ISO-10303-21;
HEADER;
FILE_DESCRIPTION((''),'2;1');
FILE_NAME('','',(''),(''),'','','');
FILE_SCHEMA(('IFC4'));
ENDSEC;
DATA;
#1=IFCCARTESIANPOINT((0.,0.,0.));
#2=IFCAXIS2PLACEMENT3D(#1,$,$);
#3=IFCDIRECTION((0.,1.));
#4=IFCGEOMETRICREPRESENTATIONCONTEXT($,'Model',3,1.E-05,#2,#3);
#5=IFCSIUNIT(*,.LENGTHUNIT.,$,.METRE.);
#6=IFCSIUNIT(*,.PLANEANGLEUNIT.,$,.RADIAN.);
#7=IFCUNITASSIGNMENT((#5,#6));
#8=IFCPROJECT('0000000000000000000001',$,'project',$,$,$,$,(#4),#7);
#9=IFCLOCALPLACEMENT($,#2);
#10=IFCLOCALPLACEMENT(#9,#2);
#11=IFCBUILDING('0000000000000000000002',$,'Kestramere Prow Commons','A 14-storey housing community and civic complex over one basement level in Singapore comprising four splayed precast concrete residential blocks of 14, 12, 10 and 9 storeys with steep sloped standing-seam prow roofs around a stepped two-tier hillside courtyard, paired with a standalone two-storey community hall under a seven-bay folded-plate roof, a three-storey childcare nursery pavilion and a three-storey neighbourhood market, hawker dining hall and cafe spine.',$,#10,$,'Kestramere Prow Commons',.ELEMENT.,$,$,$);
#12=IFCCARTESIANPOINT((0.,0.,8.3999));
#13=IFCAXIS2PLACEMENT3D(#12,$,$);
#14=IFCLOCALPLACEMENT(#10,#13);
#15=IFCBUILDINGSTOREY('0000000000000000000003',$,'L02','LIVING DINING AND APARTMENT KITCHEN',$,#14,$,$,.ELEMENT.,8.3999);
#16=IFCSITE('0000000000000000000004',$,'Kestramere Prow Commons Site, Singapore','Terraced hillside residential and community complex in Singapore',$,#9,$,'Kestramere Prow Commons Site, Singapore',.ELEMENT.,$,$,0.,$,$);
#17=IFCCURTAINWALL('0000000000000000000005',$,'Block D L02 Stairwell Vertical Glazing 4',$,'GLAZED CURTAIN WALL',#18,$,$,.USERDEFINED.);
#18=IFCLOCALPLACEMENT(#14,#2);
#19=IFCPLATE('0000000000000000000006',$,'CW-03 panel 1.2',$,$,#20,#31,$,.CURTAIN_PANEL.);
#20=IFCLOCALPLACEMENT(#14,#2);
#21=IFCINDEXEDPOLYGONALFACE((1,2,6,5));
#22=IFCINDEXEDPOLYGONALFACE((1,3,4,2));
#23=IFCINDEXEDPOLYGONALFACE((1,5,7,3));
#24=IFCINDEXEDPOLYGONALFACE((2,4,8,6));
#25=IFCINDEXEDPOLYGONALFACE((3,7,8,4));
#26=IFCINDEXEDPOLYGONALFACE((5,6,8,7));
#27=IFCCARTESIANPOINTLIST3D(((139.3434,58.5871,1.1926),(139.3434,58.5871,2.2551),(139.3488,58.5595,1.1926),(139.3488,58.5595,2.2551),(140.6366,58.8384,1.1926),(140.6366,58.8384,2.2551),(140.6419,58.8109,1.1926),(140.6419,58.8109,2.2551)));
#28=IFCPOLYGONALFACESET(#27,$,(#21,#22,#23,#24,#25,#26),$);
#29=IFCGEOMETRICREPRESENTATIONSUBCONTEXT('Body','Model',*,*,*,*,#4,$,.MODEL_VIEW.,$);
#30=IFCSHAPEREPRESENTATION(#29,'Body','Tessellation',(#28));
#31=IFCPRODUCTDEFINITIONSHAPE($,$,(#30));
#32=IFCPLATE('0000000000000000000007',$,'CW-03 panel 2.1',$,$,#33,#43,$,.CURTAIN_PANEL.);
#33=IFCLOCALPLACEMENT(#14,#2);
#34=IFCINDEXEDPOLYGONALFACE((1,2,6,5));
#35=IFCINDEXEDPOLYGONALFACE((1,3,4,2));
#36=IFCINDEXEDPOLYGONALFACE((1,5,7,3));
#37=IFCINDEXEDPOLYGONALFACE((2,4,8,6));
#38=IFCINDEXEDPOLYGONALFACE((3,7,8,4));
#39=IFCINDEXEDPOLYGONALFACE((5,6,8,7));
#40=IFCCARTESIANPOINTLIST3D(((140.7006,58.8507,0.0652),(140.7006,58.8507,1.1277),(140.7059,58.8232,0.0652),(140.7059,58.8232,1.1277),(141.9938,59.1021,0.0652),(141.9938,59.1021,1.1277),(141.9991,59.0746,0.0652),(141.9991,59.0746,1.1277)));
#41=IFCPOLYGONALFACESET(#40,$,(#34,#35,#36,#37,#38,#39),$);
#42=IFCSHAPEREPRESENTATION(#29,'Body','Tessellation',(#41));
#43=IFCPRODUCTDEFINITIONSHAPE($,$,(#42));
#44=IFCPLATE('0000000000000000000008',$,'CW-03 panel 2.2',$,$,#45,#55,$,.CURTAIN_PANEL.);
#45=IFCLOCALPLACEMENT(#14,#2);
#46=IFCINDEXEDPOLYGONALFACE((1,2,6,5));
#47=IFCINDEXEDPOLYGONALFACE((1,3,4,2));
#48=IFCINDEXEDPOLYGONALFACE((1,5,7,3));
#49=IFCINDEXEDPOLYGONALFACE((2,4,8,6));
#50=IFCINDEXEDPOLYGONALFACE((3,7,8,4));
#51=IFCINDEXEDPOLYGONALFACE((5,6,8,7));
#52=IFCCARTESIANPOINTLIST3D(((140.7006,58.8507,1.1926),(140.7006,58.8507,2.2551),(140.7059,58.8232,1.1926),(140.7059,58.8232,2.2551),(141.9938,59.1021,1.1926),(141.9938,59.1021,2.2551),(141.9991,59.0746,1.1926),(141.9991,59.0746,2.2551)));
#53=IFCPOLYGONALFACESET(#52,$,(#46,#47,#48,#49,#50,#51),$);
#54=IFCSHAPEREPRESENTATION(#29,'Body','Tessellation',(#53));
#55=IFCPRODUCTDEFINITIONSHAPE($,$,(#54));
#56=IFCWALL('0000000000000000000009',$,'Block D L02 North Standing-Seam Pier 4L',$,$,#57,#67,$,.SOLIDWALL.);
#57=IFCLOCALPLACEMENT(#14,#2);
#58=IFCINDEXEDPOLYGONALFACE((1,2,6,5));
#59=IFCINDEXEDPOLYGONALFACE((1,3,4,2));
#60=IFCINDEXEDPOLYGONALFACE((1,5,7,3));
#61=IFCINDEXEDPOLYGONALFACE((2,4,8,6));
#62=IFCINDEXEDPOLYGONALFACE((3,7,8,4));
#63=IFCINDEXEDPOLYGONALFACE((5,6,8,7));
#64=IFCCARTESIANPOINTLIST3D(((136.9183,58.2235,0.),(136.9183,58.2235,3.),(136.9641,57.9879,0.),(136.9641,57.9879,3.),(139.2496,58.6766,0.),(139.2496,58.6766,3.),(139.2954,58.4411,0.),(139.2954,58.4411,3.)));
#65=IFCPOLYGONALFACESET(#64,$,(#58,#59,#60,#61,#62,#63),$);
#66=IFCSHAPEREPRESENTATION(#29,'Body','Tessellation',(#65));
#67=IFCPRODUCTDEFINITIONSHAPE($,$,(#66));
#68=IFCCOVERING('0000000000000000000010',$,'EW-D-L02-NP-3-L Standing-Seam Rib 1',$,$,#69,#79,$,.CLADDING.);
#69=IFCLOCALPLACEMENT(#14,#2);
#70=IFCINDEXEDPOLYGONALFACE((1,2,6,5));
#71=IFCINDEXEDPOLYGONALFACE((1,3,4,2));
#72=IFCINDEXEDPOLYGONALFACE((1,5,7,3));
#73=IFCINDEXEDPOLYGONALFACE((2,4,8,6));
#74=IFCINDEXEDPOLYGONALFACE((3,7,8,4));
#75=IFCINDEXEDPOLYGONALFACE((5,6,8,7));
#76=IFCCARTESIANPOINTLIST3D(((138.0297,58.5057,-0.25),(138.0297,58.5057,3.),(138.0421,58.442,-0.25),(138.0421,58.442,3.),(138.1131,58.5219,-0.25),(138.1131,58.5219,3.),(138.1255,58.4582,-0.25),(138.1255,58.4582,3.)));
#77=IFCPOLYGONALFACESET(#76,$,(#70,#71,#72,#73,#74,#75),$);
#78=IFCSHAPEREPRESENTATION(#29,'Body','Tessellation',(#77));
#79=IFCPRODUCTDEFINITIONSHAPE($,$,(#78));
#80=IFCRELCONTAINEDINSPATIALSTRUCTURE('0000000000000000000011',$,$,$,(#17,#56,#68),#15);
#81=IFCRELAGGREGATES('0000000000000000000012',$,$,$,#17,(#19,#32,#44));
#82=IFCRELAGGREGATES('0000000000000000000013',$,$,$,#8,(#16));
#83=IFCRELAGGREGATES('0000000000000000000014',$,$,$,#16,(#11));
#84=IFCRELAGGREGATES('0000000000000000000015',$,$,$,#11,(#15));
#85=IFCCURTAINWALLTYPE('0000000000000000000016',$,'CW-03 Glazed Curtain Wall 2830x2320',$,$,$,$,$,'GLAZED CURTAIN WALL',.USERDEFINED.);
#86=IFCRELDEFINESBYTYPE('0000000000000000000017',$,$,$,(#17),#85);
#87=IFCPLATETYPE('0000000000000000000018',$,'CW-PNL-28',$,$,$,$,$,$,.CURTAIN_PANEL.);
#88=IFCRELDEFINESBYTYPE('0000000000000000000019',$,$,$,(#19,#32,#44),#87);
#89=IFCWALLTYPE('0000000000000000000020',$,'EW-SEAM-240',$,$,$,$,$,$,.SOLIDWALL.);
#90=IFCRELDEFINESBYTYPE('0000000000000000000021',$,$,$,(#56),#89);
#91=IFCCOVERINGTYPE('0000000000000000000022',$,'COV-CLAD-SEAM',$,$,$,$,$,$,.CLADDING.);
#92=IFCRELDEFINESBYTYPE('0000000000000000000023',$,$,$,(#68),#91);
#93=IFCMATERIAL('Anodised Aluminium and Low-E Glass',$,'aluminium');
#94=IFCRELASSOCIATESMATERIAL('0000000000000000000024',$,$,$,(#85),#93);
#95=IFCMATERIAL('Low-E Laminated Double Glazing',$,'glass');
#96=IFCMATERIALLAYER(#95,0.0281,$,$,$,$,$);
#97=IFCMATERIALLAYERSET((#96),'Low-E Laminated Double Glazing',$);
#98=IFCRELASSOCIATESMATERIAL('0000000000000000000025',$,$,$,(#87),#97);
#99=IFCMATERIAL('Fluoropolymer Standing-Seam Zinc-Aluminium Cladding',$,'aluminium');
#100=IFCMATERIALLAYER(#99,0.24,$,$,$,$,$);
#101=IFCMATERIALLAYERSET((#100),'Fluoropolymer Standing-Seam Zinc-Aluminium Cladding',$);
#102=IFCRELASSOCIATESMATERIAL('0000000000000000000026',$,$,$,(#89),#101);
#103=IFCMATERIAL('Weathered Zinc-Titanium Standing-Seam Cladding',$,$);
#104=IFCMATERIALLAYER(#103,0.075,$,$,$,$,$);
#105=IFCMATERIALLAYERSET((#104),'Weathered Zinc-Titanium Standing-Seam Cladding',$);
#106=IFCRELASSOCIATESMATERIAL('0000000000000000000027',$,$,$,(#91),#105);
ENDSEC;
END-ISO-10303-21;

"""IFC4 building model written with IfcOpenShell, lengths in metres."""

from ifc_helpers import new_model, si_unit, direction, frame, frame_2d, origin, origin_2d, place, context, subcontext, project, spatial, rectangle, extrude, material, layer, layer_set, type_object, element, aggregate, save


model = new_model("IFC4")

# Units and contexts
model_context = context("Model", 3, precision=1e-05, world=origin(), true_north=direction((0.0, 1.0)))
body_context = subcontext(model_context, "Body", "Model", "MODEL_VIEW")
ifc_project = project(units=[si_unit("LENGTHUNIT", "METRE"), si_unit("PLANEANGLEUNIT", "RADIAN")], contexts=[model_context])

# Site, building, storey
site_placement = place(None, origin())
site = spatial("IfcSite", under=ifc_project, at=site_placement, Name="Kestramere Prow Commons Site, Singapore", Description="Terraced hillside residential and community complex in Singapore", LongName="Kestramere Prow Commons Site, Singapore", CompositionType="ELEMENT", RefElevation=0.0)
building_placement = place(site_placement, origin())
building = spatial("IfcBuilding", under=site, at=building_placement, Name="Kestramere Prow Commons", Description="A 14-storey housing community and civic complex over one basement level in Singapore comprising four splayed precast concrete residential blocks of 14, 12, 10 and 9 storeys with steep sloped standing-seam prow roofs around a stepped two-tier hillside courtyard, paired with a standalone two-storey community hall under a seven-bay folded-plate roof, a three-storey childcare nursery pavilion and a three-storey neighbourhood market, hawker dining hall and cafe spine.", LongName="Kestramere Prow Commons", CompositionType="ELEMENT")
storey_placement = place(building_placement, frame((0.0, 0.0, 8.3999)))
storey = spatial("IfcBuildingStorey", under=building, at=storey_placement, Name="L02", Description="LIVING DINING AND APARTMENT KITCHEN", CompositionType="ELEMENT", Elevation=8.3999)

# Curtain wall
ifc_material_1 = material(Name="Anodised Aluminium and Low-E Glass", Category="aluminium")
curtain_wall_type = type_object("IfcCurtainWallType", Name="CW-03 Glazed Curtain Wall 2830x2320", ElementType="GLAZED CURTAIN WALL", PredefinedType="USERDEFINED", material=ifc_material_1)
curtain_wall_placement = place(storey_placement, origin())
curtain_wall = element("IfcCurtainWall", 1, at=curtain_wall_placement, inside=storey, type_object=curtain_wall_type, Name="Block D L02 Stairwell Vertical Glazing 4", ObjectType="GLAZED CURTAIN WALL", PredefinedType="USERDEFINED")

# Plates
ifc_material_2 = material(Name="Low-E Laminated Double Glazing", Category="glass")
ifc_layer_1 = layer(ifc_material_2, 0.0281)
ifc_layer_set_1 = layer_set([ifc_layer_1], Name="Low-E Laminated Double Glazing")
plate_type = type_object("IfcPlateType", Name="CW-PNL-28", PredefinedType="CURTAIN_PANEL", material=ifc_layer_set_1)
plate_1_placement = place(storey_placement, frame((139.9927, 58.699, 1.1926), z_axis=(0.0, 0.0, 1.0), x_axis=(0.981627, 0.190809, 0.0)))
plate_1 = element("IfcPlate", 2, at=plate_1_placement, type_object=plate_type, Name="CW-03 panel 1.2", PredefinedType="CURTAIN_PANEL", context=body_context, shape_type="SweptSolid", body=[
    extrude(rectangle(XDim=1.3174, YDim=0.0281, at=origin_2d()), origin(), (0.0, 0.0, 1.0), 1.0625),
])
plate_2_placement = place(storey_placement, frame((141.3499, 58.9626, 0.0652), z_axis=(0.0, 0.0, 1.0), x_axis=(0.981627, 0.190809, 0.0)))
plate_2 = element("IfcPlate", 3, at=plate_2_placement, type_object=plate_type, Name="CW-03 panel 2.1", PredefinedType="CURTAIN_PANEL", context=body_context, shape_type="SweptSolid", body=[
    extrude(rectangle(XDim=1.3174, YDim=0.0281, at=origin_2d()), origin(), (0.0, 0.0, 1.0), 1.0625),
])
plate_3_placement = place(storey_placement, frame((141.3499, 58.9626, 1.1926), z_axis=(0.0, 0.0, 1.0), x_axis=(0.981627, 0.190809, 0.0)))
plate_3 = element("IfcPlate", 4, at=plate_3_placement, type_object=plate_type, Name="CW-03 panel 2.2", PredefinedType="CURTAIN_PANEL", context=body_context, shape_type="SweptSolid", body=[
    extrude(rectangle(XDim=1.3174, YDim=0.0281, at=origin_2d()), origin(), (0.0, 0.0, 1.0), 1.0625),
])
aggregate(curtain_wall, [plate_1, plate_2, plate_3])

# Wall
ifc_material_3 = material(Name="Fluoropolymer Standing-Seam Zinc-Aluminium Cladding", Category="aluminium")
ifc_layer_2 = layer(ifc_material_3, 0.24)
ifc_layer_set_2 = layer_set([ifc_layer_2], Name="Fluoropolymer Standing-Seam Zinc-Aluminium Cladding")
wall_type = type_object("IfcWallType", Name="EW-SEAM-240", PredefinedType="SOLIDWALL", material=ifc_layer_set_2)
wall_placement = place(storey_placement, frame((136.9412, 58.1057, 0.0), z_axis=(0.0, 0.0, 1.0), x_axis=(0.98163, 0.190795, 0.0)))
element("IfcWall", 5, at=wall_placement, inside=storey, type_object=wall_type, Name="Block D L02 North Standing-Seam Pier 4L", PredefinedType="SOLIDWALL", context=body_context, shape_type="SweptSolid", body=[
    extrude(rectangle(XDim=2.375, YDim=0.24, at=frame_2d((1.1875, 0.0))), origin(), (0.0, 0.0, 1.0), 3.0),
])

# Covering
ifc_material_4 = material(Name="Weathered Zinc-Titanium Standing-Seam Cladding")
ifc_layer_3 = layer(ifc_material_4, 0.075)
ifc_layer_set_3 = layer_set([ifc_layer_3], Name="Weathered Zinc-Titanium Standing-Seam Cladding")
covering_type = type_object("IfcCoveringType", Name="COV-CLAD-SEAM", PredefinedType="CLADDING", material=ifc_layer_set_3)
covering_placement = place(storey_placement, frame((138.0776, 58.4819, -0.25), z_axis=(0.0, 0.0, 1.0), x_axis=(0.981627, 0.190809, 0.0)))
element("IfcCovering", 6, at=covering_placement, inside=storey, type_object=covering_type, Name="EW-D-L02-NP-3-L Standing-Seam Rib 1", PredefinedType="CLADDING", context=body_context, shape_type="SweptSolid", body=[
    extrude(rectangle(XDim=0.085, YDim=0.0649, at=origin_2d()), origin(), (0.0, 0.0, 1.0), 3.25),
])

save(model, "model.ifc")
